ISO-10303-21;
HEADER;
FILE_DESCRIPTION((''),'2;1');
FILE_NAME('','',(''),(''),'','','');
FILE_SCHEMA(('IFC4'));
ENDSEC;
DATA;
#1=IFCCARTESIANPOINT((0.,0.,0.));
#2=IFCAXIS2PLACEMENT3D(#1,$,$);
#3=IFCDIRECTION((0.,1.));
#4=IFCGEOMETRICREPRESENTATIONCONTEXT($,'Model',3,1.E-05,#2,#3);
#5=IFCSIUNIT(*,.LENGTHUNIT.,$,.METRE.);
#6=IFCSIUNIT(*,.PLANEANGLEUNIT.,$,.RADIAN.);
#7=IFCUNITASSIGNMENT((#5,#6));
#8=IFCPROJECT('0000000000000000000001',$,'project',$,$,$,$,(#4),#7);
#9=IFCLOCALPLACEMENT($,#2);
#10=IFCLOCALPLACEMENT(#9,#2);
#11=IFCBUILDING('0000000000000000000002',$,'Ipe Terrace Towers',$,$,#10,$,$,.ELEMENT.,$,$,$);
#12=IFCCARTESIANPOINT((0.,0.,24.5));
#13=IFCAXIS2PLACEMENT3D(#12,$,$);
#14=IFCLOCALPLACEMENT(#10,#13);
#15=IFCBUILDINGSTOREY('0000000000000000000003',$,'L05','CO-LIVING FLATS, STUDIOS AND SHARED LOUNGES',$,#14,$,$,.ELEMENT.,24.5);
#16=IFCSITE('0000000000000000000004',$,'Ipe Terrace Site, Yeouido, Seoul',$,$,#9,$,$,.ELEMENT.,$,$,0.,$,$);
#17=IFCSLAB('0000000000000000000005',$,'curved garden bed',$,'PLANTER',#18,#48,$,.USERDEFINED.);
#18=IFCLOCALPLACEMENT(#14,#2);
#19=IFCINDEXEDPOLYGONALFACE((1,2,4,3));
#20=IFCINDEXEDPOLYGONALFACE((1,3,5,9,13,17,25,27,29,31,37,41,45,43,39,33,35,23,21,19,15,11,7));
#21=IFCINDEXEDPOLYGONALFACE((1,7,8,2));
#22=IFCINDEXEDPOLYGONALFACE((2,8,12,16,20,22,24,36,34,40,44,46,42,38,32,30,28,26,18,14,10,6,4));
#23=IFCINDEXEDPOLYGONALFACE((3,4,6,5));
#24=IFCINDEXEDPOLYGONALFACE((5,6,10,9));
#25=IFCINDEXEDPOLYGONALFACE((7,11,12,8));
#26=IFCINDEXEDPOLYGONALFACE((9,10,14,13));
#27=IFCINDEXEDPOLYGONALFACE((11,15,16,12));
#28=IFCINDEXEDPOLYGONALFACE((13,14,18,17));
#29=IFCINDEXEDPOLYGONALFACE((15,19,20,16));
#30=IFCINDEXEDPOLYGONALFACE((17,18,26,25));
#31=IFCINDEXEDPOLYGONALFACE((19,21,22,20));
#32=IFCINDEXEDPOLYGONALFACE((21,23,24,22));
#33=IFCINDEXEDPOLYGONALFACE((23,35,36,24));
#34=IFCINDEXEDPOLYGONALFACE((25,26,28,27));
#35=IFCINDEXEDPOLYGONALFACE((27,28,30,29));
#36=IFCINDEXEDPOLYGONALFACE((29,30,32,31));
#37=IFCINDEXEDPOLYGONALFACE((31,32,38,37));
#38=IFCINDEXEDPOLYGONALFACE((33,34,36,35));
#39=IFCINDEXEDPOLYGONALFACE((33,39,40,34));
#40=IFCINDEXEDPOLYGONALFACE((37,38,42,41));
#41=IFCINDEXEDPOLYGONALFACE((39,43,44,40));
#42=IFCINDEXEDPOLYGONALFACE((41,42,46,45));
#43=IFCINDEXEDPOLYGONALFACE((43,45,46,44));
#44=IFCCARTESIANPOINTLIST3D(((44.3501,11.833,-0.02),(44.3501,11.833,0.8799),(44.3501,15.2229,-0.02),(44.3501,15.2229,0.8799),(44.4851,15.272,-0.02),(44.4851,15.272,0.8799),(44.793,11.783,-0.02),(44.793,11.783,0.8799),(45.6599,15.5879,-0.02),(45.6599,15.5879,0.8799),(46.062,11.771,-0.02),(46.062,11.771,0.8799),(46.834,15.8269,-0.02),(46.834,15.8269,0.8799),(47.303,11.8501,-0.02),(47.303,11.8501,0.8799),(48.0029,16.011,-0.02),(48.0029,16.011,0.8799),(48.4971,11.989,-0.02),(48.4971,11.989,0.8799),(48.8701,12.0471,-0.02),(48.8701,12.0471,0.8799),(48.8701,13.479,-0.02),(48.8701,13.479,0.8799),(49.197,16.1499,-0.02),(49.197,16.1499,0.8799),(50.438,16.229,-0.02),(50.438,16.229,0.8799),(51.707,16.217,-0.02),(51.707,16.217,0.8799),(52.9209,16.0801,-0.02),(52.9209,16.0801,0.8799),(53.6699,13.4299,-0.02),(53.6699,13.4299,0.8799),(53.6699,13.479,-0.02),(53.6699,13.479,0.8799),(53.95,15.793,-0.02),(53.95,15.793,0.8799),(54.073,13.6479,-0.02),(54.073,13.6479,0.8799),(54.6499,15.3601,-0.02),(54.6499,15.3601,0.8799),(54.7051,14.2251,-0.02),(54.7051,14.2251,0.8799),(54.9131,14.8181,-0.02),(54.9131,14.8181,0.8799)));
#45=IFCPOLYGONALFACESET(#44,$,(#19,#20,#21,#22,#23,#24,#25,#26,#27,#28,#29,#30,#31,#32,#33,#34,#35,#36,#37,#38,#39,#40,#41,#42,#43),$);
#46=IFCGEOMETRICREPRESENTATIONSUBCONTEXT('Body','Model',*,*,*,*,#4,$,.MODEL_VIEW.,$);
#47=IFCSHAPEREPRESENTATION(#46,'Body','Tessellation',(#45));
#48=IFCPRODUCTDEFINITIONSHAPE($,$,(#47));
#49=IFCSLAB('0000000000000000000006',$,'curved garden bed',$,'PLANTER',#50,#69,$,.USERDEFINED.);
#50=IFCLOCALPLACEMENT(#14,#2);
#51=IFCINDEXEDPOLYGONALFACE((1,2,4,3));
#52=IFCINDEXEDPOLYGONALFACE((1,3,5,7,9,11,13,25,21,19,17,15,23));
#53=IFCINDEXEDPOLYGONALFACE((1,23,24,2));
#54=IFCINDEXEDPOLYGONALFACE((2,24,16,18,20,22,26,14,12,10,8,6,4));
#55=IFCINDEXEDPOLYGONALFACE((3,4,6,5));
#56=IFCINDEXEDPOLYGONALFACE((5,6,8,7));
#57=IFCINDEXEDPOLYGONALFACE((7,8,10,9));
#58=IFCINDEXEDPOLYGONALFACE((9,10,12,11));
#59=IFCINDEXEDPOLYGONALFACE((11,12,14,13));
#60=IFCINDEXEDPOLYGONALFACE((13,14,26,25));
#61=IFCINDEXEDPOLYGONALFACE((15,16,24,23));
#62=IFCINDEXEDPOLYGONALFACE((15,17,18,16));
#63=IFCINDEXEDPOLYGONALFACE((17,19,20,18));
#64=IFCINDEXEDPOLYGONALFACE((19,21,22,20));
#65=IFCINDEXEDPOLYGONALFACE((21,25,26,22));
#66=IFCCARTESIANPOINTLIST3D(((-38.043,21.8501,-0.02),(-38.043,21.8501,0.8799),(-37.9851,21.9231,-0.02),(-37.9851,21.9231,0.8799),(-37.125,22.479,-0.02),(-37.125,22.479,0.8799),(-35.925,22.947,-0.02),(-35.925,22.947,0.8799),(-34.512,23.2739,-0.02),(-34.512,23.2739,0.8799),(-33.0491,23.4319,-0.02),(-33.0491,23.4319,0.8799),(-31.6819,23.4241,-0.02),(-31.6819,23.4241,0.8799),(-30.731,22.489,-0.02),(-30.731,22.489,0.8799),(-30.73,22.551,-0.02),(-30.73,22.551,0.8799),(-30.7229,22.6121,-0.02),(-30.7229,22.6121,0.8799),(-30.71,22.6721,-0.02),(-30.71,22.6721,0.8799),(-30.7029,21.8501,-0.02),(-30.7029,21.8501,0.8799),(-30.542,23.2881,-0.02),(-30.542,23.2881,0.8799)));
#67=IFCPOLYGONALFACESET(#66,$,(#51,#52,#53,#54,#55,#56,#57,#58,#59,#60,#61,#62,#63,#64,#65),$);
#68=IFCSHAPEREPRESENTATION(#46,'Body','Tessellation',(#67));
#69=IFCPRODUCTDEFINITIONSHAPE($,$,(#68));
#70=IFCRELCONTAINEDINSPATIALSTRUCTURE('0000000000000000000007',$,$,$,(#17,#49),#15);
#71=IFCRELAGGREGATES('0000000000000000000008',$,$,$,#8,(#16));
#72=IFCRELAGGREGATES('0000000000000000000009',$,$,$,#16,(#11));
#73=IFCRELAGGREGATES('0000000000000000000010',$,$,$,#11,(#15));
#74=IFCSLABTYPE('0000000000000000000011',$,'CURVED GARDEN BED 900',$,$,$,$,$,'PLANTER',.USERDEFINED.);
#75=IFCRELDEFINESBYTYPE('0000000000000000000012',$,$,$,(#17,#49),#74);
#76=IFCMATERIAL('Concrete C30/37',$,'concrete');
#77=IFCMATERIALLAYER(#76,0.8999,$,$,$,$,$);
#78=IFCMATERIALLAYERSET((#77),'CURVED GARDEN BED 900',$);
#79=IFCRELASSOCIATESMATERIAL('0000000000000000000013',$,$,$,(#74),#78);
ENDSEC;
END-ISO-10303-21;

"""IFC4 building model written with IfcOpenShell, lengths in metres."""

from ifc_helpers import new_model, si_unit, direction, frame, origin, place, context, subcontext, project, spatial, polyline, outline, extrude, material, layer, layer_set, type_object, element, save


model = new_model("IFC4")

# Units and contexts
model_context = context("Model", 3, precision=1e-05, world=origin(), true_north=direction((0.0, 1.0)))
body_context = subcontext(model_context, "Body", "Model", "MODEL_VIEW")
ifc_project = project(units=[si_unit("LENGTHUNIT", "METRE"), si_unit("PLANEANGLEUNIT", "RADIAN")], contexts=[model_context])

# Site, building, storey
site_placement = place(None, origin())
site = spatial("IfcSite", under=ifc_project, at=site_placement, Name="Ipe Terrace Site, Yeouido, Seoul", CompositionType="ELEMENT", RefElevation=0.0)
building_placement = place(site_placement, origin())
building = spatial("IfcBuilding", under=site, at=building_placement, Name="Ipe Terrace Towers", CompositionType="ELEMENT")
storey_placement = place(building_placement, frame((0.0, 0.0, 24.5)))
storey = spatial("IfcBuildingStorey", under=building, at=storey_placement, Name="L05", Description="CO-LIVING FLATS, STUDIOS AND SHARED LOUNGES", CompositionType="ELEMENT", Elevation=24.5)

# Slabs
ifc_material_1 = material(Name="Concrete C30/37", Category="concrete")
ifc_layer_1 = layer(ifc_material_1, 0.8999)
ifc_layer_set_1 = layer_set([ifc_layer_1], Name="CURVED GARDEN BED 900")
slab_type_1 = type_object("IfcSlabType", Name="CURVED GARDEN BED 900", ElementType="PLANTER", PredefinedType="USERDEFINED", material=ifc_layer_set_1)
slab_1_placement = place(storey_placement, frame((0.0, 0.0, -0.02)))
element("IfcSlab", 1, at=slab_1_placement, inside=storey, type_object=slab_type_1, Name="curved garden bed", ObjectType="PLANTER", PredefinedType="USERDEFINED", context=body_context, shape_type="SweptSolid", body=[
    extrude(outline(polyline([(46.834, 15.8269), (48.0029, 16.011), (49.197, 16.1499), (50.438, 16.229), (51.707, 16.217), (52.9209, 16.0801), (53.95, 15.793), (54.6499, 15.3601), (54.9131, 14.8181), (54.7051, 14.2251), (54.073, 13.6479), (53.6699, 13.4299), (53.6699, 13.479), (48.8701, 13.479), (48.8701, 12.0471), (48.4971, 11.989), (47.303, 11.8501), (46.062, 11.771), (44.793, 11.783), (44.3501, 11.833), (44.3501, 15.2229), (44.4851, 15.272), (45.6599, 15.5879), (46.834, 15.8269)])), origin(), (0.0, 0.0, 1.0), 0.8999),
])
slab_2_placement = place(storey_placement, frame((0.0, 0.0, -0.02)))
element("IfcSlab", 2, at=slab_2_placement, inside=storey, type_object=slab_type_1, Name="curved garden bed", ObjectType="PLANTER", PredefinedType="USERDEFINED", context=body_context, shape_type="SweptSolid", body=[
    extrude(outline(polyline([(-35.925, 22.947), (-34.512, 23.2739), (-33.0491, 23.4319), (-31.6819, 23.4241), (-30.542, 23.2881), (-30.71, 22.6721), (-30.7229, 22.6121), (-30.73, 22.551), (-30.731, 22.489), (-30.7029, 21.8501), (-38.043, 21.8501), (-37.9851, 21.9231), (-37.125, 22.479), (-35.925, 22.947)])), origin(), (0.0, 0.0, 1.0), 0.8999),
])

save(model, "model.ifc")
